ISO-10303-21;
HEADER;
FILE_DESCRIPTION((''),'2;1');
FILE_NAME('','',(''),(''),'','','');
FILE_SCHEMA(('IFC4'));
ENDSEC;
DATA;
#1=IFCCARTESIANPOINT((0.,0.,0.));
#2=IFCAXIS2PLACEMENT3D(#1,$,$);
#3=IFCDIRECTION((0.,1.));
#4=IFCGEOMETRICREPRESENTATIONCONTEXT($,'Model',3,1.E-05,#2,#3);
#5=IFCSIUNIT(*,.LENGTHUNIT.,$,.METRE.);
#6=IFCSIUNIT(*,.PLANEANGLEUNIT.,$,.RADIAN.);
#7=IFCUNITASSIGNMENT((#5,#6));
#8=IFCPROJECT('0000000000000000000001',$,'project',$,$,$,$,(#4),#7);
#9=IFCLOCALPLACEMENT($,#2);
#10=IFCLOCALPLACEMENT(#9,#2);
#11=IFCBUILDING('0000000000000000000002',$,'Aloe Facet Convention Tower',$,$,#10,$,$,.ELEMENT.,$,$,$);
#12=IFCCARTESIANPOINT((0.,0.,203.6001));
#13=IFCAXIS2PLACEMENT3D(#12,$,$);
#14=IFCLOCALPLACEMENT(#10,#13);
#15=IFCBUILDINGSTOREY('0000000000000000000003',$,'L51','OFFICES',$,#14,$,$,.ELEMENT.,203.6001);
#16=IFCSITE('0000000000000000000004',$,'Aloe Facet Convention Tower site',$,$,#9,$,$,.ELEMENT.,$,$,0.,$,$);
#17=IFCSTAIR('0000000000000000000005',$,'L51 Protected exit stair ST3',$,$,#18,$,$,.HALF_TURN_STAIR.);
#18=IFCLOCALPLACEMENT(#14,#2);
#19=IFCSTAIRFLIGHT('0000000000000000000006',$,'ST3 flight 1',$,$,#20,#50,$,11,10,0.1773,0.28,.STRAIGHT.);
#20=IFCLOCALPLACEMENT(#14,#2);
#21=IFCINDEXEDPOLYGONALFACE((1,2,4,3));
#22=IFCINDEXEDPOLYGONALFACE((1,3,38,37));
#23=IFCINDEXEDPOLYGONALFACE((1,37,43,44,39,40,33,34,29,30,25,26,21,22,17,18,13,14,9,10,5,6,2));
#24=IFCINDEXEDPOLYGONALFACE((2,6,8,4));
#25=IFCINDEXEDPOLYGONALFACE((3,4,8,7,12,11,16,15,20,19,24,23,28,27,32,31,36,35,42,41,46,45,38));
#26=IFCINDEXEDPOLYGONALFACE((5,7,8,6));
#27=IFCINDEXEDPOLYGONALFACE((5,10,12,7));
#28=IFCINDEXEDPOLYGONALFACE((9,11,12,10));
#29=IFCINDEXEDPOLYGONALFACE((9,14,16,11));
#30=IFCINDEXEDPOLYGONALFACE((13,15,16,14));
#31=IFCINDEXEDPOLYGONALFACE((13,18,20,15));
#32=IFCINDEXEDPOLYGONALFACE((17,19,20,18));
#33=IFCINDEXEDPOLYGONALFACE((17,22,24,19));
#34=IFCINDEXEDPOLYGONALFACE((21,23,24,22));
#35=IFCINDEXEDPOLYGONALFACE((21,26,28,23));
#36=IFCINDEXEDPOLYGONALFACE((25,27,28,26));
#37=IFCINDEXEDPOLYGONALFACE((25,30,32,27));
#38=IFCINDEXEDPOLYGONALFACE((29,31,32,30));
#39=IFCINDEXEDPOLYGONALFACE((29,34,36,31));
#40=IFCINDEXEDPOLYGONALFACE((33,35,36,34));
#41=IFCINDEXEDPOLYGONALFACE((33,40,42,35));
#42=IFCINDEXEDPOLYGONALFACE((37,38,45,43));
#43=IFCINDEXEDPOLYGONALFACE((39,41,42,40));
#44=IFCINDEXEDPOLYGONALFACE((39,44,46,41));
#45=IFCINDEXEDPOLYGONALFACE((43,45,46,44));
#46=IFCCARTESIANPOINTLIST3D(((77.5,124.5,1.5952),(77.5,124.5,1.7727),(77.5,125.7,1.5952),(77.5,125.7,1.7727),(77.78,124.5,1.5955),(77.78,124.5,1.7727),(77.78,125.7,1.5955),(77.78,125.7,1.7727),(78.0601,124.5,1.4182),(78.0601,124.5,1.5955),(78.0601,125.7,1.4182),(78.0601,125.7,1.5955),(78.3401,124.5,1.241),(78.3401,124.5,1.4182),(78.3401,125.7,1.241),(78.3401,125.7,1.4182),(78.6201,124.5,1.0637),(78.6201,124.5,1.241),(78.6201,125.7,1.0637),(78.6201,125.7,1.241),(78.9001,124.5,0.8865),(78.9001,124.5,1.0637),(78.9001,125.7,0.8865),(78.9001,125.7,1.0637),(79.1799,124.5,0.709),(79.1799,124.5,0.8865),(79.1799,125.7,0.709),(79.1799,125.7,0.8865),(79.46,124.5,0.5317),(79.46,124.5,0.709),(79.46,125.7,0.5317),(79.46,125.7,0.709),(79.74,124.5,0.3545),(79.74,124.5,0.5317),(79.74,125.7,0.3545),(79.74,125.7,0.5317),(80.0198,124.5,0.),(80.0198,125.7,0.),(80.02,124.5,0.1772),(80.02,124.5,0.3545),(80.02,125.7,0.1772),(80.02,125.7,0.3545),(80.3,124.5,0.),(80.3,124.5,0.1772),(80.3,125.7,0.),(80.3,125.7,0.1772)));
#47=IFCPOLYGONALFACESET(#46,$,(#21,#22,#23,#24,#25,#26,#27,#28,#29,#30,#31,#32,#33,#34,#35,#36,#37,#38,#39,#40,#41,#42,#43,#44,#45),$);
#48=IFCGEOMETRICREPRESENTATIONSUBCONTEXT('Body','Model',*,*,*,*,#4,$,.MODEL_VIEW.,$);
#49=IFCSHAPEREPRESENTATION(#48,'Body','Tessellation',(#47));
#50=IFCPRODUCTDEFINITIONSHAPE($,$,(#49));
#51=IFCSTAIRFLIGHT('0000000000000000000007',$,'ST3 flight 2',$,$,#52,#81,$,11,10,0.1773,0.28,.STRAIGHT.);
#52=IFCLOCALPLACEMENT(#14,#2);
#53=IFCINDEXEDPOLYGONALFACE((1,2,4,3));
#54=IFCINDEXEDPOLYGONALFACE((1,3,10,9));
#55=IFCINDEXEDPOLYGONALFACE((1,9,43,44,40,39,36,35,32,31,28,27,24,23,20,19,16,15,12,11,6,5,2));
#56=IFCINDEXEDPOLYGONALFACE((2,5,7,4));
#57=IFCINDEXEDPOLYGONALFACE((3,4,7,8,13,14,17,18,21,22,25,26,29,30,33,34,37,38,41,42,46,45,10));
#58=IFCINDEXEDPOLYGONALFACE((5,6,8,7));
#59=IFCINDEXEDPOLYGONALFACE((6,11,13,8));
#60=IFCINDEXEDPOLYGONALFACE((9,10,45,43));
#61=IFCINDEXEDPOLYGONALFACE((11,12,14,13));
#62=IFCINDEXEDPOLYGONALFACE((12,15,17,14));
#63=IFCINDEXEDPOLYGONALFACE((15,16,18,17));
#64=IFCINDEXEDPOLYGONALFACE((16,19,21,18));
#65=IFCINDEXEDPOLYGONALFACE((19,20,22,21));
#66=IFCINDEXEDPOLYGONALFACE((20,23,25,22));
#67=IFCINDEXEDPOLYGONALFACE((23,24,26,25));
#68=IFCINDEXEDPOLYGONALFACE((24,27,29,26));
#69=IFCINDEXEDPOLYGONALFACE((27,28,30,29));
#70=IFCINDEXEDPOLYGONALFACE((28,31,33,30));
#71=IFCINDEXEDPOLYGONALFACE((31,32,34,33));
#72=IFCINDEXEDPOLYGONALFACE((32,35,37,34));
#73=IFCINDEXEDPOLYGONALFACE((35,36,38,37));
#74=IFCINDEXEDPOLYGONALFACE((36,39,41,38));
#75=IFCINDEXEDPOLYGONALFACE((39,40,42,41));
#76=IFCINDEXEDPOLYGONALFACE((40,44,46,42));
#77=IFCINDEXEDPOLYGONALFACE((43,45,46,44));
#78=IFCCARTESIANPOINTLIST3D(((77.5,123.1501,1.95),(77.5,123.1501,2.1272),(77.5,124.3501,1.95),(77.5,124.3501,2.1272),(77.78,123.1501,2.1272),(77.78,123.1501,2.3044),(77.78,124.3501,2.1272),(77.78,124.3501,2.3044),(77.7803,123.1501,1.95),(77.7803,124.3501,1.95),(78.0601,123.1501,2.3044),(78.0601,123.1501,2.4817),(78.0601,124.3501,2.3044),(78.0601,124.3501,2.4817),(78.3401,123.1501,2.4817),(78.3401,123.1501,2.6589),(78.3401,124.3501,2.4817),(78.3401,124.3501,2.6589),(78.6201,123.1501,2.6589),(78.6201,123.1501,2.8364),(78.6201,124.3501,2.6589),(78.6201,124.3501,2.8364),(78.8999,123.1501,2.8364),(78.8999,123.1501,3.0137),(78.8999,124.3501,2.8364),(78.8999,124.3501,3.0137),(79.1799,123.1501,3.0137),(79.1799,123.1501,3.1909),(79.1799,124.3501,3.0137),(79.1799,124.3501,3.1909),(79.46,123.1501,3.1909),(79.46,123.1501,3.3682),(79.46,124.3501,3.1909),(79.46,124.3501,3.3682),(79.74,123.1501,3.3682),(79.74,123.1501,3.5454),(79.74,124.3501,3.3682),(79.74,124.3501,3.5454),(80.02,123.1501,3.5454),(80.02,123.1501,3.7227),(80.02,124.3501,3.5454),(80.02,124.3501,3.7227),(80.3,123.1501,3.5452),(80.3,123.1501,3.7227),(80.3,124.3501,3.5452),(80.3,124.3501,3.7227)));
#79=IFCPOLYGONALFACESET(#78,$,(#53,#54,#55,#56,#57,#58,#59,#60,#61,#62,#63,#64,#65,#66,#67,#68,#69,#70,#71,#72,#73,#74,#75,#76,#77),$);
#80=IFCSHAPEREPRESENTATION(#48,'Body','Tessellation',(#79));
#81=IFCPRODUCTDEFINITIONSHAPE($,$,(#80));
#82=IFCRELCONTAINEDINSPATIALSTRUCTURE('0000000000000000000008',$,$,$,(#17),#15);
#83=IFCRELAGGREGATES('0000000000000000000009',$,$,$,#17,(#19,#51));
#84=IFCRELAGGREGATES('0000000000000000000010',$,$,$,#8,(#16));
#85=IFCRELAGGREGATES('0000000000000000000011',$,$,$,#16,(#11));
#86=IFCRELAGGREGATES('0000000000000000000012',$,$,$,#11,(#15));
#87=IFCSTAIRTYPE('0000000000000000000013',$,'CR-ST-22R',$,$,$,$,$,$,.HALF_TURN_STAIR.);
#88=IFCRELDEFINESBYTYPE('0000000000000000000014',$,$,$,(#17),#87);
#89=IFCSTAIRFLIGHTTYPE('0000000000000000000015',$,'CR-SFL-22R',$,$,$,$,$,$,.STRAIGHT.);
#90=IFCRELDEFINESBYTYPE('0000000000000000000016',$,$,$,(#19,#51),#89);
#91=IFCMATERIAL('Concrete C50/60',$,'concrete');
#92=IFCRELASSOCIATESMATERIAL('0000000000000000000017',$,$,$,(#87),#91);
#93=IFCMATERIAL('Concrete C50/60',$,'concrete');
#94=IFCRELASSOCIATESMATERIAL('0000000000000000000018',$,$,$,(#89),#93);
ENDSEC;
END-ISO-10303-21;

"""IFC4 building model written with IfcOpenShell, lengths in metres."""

from ifc_helpers import new_model, si_unit, direction, frame, origin, place, context, subcontext, project, spatial, polyline, outline, extrude, material, type_object, element, aggregate, save


model = new_model("IFC4")

# Units and contexts
model_context = context("Model", 3, precision=1e-05, world=origin(), true_north=direction((0.0, 1.0)))
body_context = subcontext(model_context, "Body", "Model", "MODEL_VIEW")
ifc_project = project(units=[si_unit("LENGTHUNIT", "METRE"), si_unit("PLANEANGLEUNIT", "RADIAN")], contexts=[model_context])

# Site, building, storey
site_placement = place(None, origin())
site = spatial("IfcSite", under=ifc_project, at=site_placement, Name="Aloe Facet Convention Tower site", CompositionType="ELEMENT", RefElevation=0.0)
building_placement = place(site_placement, origin())
building = spatial("IfcBuilding", under=site, at=building_placement, Name="Aloe Facet Convention Tower", CompositionType="ELEMENT")
storey_placement = place(building_placement, frame((0.0, 0.0, 203.6001)))
storey = spatial("IfcBuildingStorey", under=building, at=storey_placement, Name="L51", Description="OFFICES", CompositionType="ELEMENT", Elevation=203.6001)

# Shared definitions
ifc_material_1 = material(Name="Concrete C50/60", Category="concrete")
stair_type = type_object("IfcStairType", Name="CR-ST-22R", PredefinedType="HALF_TURN_STAIR", material=ifc_material_1)
ifc_material_2 = material(Name="Concrete C50/60", Category="concrete")
stair_flight_type = type_object("IfcStairFlightType", Name="CR-SFL-22R", PredefinedType="STRAIGHT", material=ifc_material_2)

# Stair, stair flights
stair_1_placement = place(storey_placement, origin())
stair_1 = element("IfcStair", 1, at=stair_1_placement, inside=storey, type_object=stair_type, Name="L51 Protected exit stair ST3", PredefinedType="HALF_TURN_STAIR")
stair_flight_1_placement = place(storey_placement, frame((80.3, 125.1001, 0.0), z_axis=(0.0, 0.0, 1.0), x_axis=(-1.0, 0.0, 0.0)))
stair_flight_1 = element("IfcStairFlight", 2, at=stair_flight_1_placement, type_object=stair_flight_type, Name="ST3 flight 1", NumberOfRisers=11, NumberOfTreads=10, PredefinedType="STRAIGHT", RiserHeight=0.1773, TreadLength=0.28, context=body_context, shape_type="SweptSolid", body=[
    extrude(outline(polyline([(0.0, 0.0), (0.0, 0.1772), (0.28, 0.1772), (0.28, 0.3545), (0.5601, 0.3545), (0.5601, 0.5317), (0.8401, 0.5317), (0.8401, 0.709), (1.1201, 0.709), (1.1201, 0.8865), (1.3999, 0.8865), (1.3999, 1.0637), (1.6799, 1.0637), (1.6799, 1.241), (1.96, 1.241), (1.96, 1.4182), (2.24, 1.4182), (2.24, 1.5955), (2.52, 1.5955), (2.52, 1.7727), (2.8, 1.7727), (2.8, 1.95), (2.8, 1.5952), (0.2803, 0.0), (0.0, 0.0)])), frame((0.0, 0.6001, 0.0), z_axis=(0.0, -1.0, 0.0), x_axis=(1.0, 0.0, 0.0)), (0.0, 0.0, 1.0), 1.2),
])
stair_flight_2_placement = place(storey_placement, frame((77.5, 123.75, 1.95), z_axis=(0.0, 0.0, 1.0), x_axis=(1.0, 0.0, 0.0)))
stair_flight_2 = element("IfcStairFlight", 3, at=stair_flight_2_placement, type_object=stair_flight_type, Name="ST3 flight 2", NumberOfRisers=11, NumberOfTreads=10, PredefinedType="STRAIGHT", RiserHeight=0.1773, TreadLength=0.28, context=body_context, shape_type="SweptSolid", body=[
    extrude(outline(polyline([(0.0, 0.0), (0.0, 0.1772), (0.28, 0.1772), (0.28, 0.3545), (0.5601, 0.3545), (0.5601, 0.5317), (0.8401, 0.5317), (0.8401, 0.709), (1.1201, 0.709), (1.1201, 0.8865), (1.3999, 0.8865), (1.3999, 1.0637), (1.6799, 1.0637), (1.6799, 1.241), (1.96, 1.241), (1.96, 1.4182), (2.24, 1.4182), (2.24, 1.5955), (2.52, 1.5955), (2.52, 1.7727), (2.8, 1.7727), (2.8, 1.95), (2.8, 1.5952), (0.2803, 0.0), (0.0, 0.0)])), frame((0.0, 0.6001, 0.0), z_axis=(0.0, -1.0, 0.0), x_axis=(1.0, 0.0, 0.0)), (0.0, 0.0, 1.0), 1.2),
])
aggregate(stair_1, [stair_flight_1, stair_flight_2])

save(model, "model.ifc")
